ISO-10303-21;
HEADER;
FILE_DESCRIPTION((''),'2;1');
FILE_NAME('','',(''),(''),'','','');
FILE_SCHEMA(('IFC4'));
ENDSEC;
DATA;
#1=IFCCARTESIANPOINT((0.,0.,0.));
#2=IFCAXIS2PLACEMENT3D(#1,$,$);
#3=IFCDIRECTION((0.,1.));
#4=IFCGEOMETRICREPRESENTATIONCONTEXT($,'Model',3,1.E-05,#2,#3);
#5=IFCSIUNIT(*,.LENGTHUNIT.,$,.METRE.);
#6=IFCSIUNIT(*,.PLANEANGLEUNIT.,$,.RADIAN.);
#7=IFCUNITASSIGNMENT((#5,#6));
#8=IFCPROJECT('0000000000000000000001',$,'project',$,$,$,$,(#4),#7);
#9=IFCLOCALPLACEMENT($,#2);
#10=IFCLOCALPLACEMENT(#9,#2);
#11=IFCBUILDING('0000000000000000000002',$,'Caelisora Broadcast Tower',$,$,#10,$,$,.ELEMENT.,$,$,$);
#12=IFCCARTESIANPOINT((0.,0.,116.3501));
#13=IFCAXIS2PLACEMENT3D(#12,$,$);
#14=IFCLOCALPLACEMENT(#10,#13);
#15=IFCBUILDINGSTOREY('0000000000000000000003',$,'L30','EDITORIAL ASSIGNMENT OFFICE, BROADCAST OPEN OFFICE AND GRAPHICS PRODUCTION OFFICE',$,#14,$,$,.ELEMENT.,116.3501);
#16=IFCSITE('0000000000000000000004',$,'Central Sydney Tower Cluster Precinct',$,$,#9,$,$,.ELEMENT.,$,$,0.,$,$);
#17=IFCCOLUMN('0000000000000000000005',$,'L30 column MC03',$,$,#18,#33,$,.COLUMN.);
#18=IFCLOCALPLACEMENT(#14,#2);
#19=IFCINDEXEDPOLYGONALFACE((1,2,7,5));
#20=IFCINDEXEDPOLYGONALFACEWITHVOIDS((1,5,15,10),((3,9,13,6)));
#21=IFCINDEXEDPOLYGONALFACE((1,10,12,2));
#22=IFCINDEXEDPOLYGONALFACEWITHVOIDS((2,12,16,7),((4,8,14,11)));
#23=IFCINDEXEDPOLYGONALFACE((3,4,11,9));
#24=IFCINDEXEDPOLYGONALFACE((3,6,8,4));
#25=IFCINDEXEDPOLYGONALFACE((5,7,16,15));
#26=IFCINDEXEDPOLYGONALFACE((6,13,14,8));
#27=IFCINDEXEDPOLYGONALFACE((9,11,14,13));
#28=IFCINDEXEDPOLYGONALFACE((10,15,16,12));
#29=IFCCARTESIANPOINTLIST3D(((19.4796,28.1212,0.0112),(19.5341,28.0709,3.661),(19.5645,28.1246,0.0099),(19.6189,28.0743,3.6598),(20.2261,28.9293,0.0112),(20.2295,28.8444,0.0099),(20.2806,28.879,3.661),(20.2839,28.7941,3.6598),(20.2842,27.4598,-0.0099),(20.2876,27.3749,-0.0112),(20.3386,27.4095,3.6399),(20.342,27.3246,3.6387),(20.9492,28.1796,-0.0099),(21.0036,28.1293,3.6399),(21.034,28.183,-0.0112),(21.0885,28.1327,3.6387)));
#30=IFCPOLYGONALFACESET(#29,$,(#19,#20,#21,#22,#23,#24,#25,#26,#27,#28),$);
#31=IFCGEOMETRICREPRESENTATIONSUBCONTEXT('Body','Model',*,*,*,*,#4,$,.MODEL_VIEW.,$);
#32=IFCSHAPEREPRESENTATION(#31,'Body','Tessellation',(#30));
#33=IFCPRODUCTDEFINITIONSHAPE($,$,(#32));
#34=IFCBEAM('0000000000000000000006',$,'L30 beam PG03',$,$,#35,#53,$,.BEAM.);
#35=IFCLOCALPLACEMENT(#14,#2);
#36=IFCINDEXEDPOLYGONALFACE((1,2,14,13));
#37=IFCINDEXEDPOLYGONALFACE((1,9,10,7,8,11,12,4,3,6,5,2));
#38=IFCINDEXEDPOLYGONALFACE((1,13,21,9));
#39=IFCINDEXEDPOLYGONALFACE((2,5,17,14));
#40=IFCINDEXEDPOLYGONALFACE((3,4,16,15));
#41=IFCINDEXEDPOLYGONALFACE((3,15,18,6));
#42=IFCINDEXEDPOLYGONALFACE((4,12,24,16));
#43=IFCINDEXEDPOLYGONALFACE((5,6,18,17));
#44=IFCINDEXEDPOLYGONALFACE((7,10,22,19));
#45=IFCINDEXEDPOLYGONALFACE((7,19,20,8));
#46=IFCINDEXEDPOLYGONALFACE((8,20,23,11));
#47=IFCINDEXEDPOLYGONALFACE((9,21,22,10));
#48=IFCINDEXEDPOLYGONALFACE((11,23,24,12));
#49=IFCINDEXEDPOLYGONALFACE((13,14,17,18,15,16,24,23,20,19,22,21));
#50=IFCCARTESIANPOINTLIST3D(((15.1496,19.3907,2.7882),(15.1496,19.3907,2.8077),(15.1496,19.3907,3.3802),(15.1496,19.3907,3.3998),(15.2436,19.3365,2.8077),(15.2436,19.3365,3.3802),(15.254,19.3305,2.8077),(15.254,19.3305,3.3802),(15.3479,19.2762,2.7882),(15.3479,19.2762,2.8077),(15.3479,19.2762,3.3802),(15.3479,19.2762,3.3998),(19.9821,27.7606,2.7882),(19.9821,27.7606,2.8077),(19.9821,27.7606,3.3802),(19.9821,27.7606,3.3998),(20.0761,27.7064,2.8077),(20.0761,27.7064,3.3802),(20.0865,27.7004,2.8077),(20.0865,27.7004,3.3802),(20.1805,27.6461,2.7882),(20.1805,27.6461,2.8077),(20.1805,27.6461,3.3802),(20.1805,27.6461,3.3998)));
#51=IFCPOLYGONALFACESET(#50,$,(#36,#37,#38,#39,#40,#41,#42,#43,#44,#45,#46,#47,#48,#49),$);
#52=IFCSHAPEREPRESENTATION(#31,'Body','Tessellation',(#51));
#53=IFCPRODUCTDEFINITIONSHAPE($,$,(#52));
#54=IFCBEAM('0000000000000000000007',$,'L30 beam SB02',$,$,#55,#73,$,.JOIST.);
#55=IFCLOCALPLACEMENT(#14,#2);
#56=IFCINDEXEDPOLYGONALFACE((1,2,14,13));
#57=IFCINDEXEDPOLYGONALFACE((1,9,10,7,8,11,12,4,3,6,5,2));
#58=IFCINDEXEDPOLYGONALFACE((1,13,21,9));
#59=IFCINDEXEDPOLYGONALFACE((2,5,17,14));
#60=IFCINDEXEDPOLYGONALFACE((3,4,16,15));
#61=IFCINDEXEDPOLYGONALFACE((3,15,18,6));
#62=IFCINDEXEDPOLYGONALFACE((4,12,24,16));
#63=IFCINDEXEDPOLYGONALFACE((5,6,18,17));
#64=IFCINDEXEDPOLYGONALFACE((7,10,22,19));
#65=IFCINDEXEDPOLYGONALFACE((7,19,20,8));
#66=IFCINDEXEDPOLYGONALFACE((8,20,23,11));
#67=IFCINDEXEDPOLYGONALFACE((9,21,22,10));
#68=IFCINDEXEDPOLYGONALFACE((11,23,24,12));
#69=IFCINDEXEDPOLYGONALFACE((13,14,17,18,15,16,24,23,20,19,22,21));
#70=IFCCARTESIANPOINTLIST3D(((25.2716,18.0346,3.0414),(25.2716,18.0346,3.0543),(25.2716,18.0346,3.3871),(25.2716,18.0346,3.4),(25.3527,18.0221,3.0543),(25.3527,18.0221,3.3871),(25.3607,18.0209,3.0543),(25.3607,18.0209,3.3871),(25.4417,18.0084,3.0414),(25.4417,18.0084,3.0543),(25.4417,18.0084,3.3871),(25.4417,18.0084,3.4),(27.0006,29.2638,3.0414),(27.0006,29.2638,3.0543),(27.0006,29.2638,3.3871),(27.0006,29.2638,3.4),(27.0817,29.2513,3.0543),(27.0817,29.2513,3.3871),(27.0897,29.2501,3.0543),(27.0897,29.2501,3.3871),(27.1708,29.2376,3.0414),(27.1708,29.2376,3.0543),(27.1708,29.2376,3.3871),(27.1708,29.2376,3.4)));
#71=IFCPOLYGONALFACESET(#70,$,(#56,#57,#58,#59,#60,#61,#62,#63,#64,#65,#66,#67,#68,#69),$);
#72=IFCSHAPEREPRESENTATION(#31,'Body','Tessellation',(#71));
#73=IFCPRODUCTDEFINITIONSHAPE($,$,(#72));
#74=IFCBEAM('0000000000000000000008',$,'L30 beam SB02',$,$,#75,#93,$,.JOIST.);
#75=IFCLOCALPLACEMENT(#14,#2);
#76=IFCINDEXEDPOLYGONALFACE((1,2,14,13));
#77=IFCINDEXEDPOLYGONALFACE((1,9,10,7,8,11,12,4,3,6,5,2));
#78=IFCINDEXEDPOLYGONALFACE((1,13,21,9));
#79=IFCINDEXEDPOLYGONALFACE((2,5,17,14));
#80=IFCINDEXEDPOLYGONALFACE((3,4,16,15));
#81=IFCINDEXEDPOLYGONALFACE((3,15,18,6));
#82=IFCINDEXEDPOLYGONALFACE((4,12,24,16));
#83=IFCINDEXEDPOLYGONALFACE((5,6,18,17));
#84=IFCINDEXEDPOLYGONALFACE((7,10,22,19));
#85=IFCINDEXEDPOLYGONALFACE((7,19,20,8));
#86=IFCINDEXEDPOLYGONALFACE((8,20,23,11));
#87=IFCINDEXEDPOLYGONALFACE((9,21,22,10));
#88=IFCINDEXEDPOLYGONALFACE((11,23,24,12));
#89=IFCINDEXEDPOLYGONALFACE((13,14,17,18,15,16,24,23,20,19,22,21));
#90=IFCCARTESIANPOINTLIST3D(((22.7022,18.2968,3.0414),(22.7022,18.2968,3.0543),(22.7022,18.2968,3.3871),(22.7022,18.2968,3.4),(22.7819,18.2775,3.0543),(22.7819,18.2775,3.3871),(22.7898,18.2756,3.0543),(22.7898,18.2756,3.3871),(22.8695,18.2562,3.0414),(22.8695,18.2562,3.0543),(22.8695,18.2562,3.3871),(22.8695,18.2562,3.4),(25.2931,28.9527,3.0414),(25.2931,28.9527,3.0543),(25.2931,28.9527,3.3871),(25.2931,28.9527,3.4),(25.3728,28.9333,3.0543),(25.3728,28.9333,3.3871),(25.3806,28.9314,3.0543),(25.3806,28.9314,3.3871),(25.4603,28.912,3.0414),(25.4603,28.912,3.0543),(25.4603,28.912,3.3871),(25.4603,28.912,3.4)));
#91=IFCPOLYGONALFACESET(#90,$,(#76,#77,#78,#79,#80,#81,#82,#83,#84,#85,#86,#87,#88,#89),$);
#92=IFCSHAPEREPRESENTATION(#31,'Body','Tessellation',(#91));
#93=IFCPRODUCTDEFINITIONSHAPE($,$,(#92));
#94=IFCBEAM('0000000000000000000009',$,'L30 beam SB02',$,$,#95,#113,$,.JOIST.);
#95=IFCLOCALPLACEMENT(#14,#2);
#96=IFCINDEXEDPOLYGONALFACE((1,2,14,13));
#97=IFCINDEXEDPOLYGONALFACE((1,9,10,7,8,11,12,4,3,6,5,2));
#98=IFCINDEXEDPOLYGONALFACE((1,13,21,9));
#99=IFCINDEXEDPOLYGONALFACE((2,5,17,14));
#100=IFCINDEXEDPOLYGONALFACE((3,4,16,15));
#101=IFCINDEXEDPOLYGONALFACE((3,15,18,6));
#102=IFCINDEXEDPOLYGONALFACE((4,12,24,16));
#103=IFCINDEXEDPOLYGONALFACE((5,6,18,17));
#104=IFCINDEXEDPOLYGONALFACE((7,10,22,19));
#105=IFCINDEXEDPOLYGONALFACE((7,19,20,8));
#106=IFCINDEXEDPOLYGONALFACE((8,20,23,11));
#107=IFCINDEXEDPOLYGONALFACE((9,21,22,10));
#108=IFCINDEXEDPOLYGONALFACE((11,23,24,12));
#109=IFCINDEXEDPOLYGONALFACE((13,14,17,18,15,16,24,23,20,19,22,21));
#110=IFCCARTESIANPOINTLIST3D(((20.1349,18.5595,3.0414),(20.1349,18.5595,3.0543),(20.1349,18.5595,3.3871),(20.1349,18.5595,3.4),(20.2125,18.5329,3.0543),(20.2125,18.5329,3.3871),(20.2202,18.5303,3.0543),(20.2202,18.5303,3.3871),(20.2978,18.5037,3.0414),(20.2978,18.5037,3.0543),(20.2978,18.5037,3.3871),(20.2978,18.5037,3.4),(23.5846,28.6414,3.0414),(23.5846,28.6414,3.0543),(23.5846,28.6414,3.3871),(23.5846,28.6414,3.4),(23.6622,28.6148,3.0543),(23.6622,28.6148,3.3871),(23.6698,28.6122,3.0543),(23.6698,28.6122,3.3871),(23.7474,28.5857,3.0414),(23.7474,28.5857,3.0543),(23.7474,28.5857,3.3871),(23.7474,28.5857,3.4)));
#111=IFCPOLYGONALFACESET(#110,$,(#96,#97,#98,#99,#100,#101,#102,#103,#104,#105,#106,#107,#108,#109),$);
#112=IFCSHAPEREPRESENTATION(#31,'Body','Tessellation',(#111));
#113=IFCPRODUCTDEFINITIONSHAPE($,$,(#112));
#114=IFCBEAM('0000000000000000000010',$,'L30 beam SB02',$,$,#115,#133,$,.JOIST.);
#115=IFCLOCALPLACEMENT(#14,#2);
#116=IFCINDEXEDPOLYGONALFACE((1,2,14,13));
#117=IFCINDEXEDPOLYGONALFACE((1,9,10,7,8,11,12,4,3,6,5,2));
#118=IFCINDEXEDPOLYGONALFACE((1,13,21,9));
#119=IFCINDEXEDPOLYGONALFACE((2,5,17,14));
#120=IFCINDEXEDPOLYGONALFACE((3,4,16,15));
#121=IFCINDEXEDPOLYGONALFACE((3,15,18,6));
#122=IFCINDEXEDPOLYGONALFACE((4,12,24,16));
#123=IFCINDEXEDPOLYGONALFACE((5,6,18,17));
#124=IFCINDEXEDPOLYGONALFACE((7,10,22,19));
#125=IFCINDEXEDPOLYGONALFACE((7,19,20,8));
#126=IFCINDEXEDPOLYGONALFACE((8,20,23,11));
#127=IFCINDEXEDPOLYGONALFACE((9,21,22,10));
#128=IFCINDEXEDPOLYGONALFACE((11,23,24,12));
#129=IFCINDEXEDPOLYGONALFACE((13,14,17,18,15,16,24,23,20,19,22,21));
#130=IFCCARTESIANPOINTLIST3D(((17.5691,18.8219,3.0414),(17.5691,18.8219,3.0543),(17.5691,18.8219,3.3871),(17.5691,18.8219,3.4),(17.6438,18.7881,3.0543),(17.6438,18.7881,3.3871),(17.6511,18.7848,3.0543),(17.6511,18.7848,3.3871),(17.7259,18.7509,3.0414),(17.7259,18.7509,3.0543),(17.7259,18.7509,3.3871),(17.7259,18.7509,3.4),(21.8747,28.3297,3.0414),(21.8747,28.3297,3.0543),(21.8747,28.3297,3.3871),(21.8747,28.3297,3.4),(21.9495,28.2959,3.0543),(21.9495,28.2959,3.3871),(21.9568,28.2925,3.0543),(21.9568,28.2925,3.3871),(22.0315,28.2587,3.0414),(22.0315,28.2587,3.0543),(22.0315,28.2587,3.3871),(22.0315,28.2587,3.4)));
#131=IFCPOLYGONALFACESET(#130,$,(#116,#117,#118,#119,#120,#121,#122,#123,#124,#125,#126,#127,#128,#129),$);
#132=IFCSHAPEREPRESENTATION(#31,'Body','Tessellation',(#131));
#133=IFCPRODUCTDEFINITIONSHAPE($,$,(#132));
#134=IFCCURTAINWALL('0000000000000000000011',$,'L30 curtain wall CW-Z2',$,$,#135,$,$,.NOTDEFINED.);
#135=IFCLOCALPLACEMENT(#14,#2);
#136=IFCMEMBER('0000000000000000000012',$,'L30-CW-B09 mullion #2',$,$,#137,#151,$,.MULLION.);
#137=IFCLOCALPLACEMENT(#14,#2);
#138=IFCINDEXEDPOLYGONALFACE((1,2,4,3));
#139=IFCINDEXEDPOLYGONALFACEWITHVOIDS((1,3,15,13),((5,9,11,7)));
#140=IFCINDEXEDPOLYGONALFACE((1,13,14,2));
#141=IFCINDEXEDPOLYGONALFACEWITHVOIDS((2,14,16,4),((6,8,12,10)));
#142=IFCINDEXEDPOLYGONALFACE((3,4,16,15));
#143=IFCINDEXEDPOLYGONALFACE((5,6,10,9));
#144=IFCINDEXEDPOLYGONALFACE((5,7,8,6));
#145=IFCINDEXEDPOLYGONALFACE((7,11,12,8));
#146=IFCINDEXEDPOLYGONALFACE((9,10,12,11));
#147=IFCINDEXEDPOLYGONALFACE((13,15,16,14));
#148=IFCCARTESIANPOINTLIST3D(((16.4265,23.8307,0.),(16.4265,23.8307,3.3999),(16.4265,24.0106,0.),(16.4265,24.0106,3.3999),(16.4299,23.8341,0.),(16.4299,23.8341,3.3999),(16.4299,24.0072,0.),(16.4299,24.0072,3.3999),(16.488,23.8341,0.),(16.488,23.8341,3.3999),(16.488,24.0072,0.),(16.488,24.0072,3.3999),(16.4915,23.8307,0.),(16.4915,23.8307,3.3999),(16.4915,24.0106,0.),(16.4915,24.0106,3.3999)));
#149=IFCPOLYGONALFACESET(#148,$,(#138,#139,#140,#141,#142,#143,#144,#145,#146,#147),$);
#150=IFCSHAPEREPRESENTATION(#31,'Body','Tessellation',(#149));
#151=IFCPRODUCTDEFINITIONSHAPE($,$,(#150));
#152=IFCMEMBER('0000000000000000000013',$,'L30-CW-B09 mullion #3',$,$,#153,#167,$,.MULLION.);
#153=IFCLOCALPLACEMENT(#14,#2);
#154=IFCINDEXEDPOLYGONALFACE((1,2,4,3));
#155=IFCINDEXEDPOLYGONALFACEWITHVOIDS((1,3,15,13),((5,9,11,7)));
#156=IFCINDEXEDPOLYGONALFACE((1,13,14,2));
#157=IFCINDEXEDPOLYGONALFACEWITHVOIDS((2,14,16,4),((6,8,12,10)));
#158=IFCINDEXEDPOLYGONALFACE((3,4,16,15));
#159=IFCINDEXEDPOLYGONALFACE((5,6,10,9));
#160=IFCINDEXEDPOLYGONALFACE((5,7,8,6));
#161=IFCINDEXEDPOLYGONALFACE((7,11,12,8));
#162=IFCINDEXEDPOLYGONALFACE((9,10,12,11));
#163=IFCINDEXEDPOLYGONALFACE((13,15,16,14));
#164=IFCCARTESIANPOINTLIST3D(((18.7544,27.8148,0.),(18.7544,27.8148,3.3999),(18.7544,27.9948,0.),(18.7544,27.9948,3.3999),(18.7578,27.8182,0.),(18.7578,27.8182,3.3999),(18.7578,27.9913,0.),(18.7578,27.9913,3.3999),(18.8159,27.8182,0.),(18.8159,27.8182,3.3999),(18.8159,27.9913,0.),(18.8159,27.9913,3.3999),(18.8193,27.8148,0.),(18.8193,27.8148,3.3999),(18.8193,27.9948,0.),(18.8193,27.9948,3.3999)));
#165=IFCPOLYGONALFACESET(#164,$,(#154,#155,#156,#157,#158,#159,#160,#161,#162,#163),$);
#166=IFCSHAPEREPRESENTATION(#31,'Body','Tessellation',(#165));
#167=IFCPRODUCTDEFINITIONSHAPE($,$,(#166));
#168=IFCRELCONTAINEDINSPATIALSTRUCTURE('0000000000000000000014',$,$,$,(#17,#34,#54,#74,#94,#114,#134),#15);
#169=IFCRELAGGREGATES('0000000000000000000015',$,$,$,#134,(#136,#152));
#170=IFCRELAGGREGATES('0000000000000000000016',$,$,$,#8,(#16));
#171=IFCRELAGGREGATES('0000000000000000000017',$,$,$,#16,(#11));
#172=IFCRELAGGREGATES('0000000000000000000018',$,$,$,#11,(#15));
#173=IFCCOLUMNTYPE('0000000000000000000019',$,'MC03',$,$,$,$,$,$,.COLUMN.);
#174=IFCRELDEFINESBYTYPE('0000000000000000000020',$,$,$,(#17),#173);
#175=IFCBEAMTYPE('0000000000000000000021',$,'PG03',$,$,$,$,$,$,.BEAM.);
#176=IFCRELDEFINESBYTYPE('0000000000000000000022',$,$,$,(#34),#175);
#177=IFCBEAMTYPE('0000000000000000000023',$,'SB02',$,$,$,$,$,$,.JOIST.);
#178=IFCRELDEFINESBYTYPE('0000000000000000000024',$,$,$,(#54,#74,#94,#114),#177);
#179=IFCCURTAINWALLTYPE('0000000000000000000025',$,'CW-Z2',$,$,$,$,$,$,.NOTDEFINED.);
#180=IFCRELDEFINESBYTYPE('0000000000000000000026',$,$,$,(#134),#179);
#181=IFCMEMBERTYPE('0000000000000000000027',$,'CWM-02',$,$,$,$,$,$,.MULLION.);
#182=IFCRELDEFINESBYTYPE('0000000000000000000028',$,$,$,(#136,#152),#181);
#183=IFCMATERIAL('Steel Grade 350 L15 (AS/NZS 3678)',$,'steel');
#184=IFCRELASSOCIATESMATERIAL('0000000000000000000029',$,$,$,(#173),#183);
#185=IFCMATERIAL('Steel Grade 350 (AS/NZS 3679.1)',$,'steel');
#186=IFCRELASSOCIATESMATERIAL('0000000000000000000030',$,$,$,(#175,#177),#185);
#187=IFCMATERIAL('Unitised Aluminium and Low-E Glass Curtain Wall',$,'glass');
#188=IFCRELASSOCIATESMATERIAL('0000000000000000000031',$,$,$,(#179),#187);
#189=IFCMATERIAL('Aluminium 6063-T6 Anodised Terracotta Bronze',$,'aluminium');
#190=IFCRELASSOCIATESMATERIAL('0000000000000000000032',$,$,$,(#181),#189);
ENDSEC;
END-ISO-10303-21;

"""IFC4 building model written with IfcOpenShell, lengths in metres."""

from ifc_helpers import new_model, si_unit, direction, frame, origin, origin_2d, place, context, subcontext, project, spatial, hollow_rectangle, i_section, extrude, source, transform, mapped, material, material_profile, profile_set, type_object, type_shapes, element, aggregate, save


model = new_model("IFC4")

# Units and contexts
model_context = context("Model", 3, precision=1e-05, world=origin(), true_north=direction((0.0, 1.0)))
body_context = subcontext(model_context, "Body", "Model", "MODEL_VIEW")
ifc_project = project(units=[si_unit("LENGTHUNIT", "METRE"), si_unit("PLANEANGLEUNIT", "RADIAN")], contexts=[model_context])

# Site, building, storey
site_placement = place(None, origin())
site = spatial("IfcSite", under=ifc_project, at=site_placement, Name="Central Sydney Tower Cluster Precinct", CompositionType="ELEMENT", RefElevation=0.0)
building_placement = place(site_placement, origin())
building = spatial("IfcBuilding", under=site, at=building_placement, Name="Caelisora Broadcast Tower", CompositionType="ELEMENT")
storey_placement = place(building_placement, frame((0.0, 0.0, 116.3501)))
storey = spatial("IfcBuildingStorey", under=building, at=storey_placement, Name="L30", Description="EDITORIAL ASSIGNMENT OFFICE, BROADCAST OPEN OFFICE AND GRAPHICS PRODUCTION OFFICE", CompositionType="ELEMENT", Elevation=116.3501)

# Column
ifc_material_1 = material(Name="Steel Grade 350 L15 (AS/NZS 3678)", Category="steel")
ifc_material_profile_1 = material_profile(ifc_material_1, hollow_rectangle(XDim=1.1001, YDim=1.1001, WallThickness=0.0601, at=origin_2d()), Name="Steel Grade 350 L15 (AS/NZS 3678)")
ifc_profile_set_1 = profile_set([ifc_material_profile_1], Name="Steel Grade 350 L15 (AS/NZS 3678)")
column_type = type_object("IfcColumnType", Name="MC03", PredefinedType="COLUMN", material=ifc_profile_set_1)
shared_shape_1 = source(origin(), body_context, "Body", "SweptSolid", [
    extrude(hollow_rectangle(XDim=1.1001, YDim=1.1001, WallThickness=0.0601, at=origin_2d()), origin(), (0.0, 0.0, 1.0), 3.6506),
])
type_shapes(column_type, [shared_shape_1])
column_placement = place(storey_placement, frame((20.2568, 28.1521, 0.0), z_axis=(0.014913, -0.013776, 0.999794), x_axis=(0.678554, 0.734551, 0.0)))
element("IfcColumn", 1, at=column_placement, inside=storey, type_object=column_type, Name="L30 column MC03", PredefinedType="COLUMN", context=body_context, shape_type="MappedRepresentation", body=[
    mapped(shared_shape_1, transform((0.0, 0.0, 0.0), scale=1.0)),
])

# Beams
ifc_material_2 = material(Name="Steel Grade 350 (AS/NZS 3679.1)", Category="steel")
ifc_material_profile_2 = material_profile(ifc_material_2, i_section(OverallWidth=0.229, OverallDepth=0.6116, WebThickness=0.012, FlangeThickness=0.0195, at=origin_2d()), Name="Steel Grade 350 (AS/NZS 3679.1)")
ifc_profile_set_2 = profile_set([ifc_material_profile_2], Name="Steel Grade 350 (AS/NZS 3679.1)")
beam_type_1 = type_object("IfcBeamType", Name="PG03", PredefinedType="BEAM", material=ifc_profile_set_2)
shared_shape_2 = source(origin(), body_context, "Body", "SweptSolid", [
    extrude(i_section(OverallWidth=0.229, OverallDepth=0.6116, WebThickness=0.012, FlangeThickness=0.0195, at=origin_2d()), origin(), (0.0, 0.0, 1.0), 9.6648),
])
type_shapes(beam_type_1, [shared_shape_2])
beam_1_placement = place(storey_placement, frame((20.0813, 27.7034, 3.094), z_axis=(-0.500013, -0.866018, 0.0), x_axis=(0.866018, -0.500013, 0.0)))
element("IfcBeam", 2, at=beam_1_placement, inside=storey, type_object=beam_type_1, Name="L30 beam PG03", PredefinedType="BEAM", context=body_context, shape_type="MappedRepresentation", body=[
    mapped(shared_shape_2, transform((0.0, 0.0, 0.0), scale=1.0)),
])
ifc_material_profile_3 = material_profile(ifc_material_2, i_section(OverallWidth=0.1721, OverallDepth=0.3586, WebThickness=0.0081, FlangeThickness=0.0129, at=origin_2d()), Name="Steel Grade 350 (AS/NZS 3679.1)")
ifc_profile_set_3 = profile_set([ifc_material_profile_3], Name="Steel Grade 350 (AS/NZS 3679.1)")
beam_type_2 = type_object("IfcBeamType", Name="SB02", PredefinedType="JOIST", material=ifc_profile_set_3)
shared_shape_3 = source(origin(), body_context, "Body", "SweptSolid", [
    extrude(i_section(OverallWidth=0.1721, OverallDepth=0.3586, WebThickness=0.0081, FlangeThickness=0.0129, at=origin_2d()), origin(), (0.0, 0.0, 1.0), 11.3616),
])
beam_2_placement = place(storey_placement, frame((27.0857, 29.2507, 3.2207), z_axis=(-0.15218, -0.988353, 0.0), x_axis=(0.988353, -0.15218, 0.0)))
element("IfcBeam", 3, at=beam_2_placement, inside=storey, type_object=beam_type_2, Name="L30 beam SB02", PredefinedType="JOIST", context=body_context, shape_type="MappedRepresentation", body=[
    mapped(shared_shape_3, transform((0.0, 0.0, 0.0), scale=1.0)),
])
shared_shape_4 = source(origin(), body_context, "Body", "SweptSolid", [
    extrude(i_section(OverallWidth=0.1721, OverallDepth=0.3586, WebThickness=0.0081, FlangeThickness=0.0129, at=origin_2d()), origin(), (0.0, 0.0, 1.0), 10.9663),
])
beam_3_placement = place(storey_placement, frame((25.3767, 28.9324, 3.2207), z_axis=(-0.236255, -0.971691, 0.0), x_axis=(0.971691, -0.236255, 0.0)))
element("IfcBeam", 4, at=beam_3_placement, inside=storey, type_object=beam_type_2, Name="L30 beam SB02", PredefinedType="JOIST", context=body_context, shape_type="MappedRepresentation", body=[
    mapped(shared_shape_4, transform((0.0, 0.0, 0.0), scale=1.0)),
])
shared_shape_5 = source(origin(), body_context, "Body", "SweptSolid", [
    extrude(i_section(OverallWidth=0.1721, OverallDepth=0.3586, WebThickness=0.0081, FlangeThickness=0.0129, at=origin_2d()), origin(), (0.0, 0.0, 1.0), 10.6558),
])
beam_4_placement = place(storey_placement, frame((23.666, 28.6135, 3.2207), z_axis=(-0.323737, -0.946147, 0.0), x_axis=(0.946147, -0.323737, 0.0)))
element("IfcBeam", 5, at=beam_4_placement, inside=storey, type_object=beam_type_2, Name="L30 beam SB02", PredefinedType="JOIST", context=body_context, shape_type="MappedRepresentation", body=[
    mapped(shared_shape_5, transform((0.0, 0.0, 0.0), scale=1.0)),
])
shared_shape_6 = source(origin(), body_context, "Body", "SweptSolid", [
    extrude(i_section(OverallWidth=0.1721, OverallDepth=0.3586, WebThickness=0.0081, FlangeThickness=0.0129, at=origin_2d()), origin(), (0.0, 0.0, 1.0), 10.4373),
])
type_shapes(beam_type_2, [shared_shape_3, shared_shape_4, shared_shape_5, shared_shape_6])
beam_5_placement = place(storey_placement, frame((21.9531, 28.2942, 3.2207), z_axis=(-0.412527, -0.910946, 0.0), x_axis=(0.910946, -0.412527, 0.0)))
element("IfcBeam", 6, at=beam_5_placement, inside=storey, type_object=beam_type_2, Name="L30 beam SB02", PredefinedType="JOIST", context=body_context, shape_type="MappedRepresentation", body=[
    mapped(shared_shape_6, transform((0.0, 0.0, 0.0), scale=1.0)),
])

# Curtain wall, members
ifc_material_3 = material(Name="Unitised Aluminium and Low-E Glass Curtain Wall", Category="glass")
curtain_wall_type_1 = type_object("IfcCurtainWallType", Name="CW-Z2", PredefinedType="NOTDEFINED", material=ifc_material_3)
curtain_wall_1_placement = place(storey_placement, origin())
curtain_wall_1 = element("IfcCurtainWall", 7, at=curtain_wall_1_placement, inside=storey, type_object=curtain_wall_type_1, Name="L30 curtain wall CW-Z2", PredefinedType="NOTDEFINED")
ifc_material_4 = material(Name="Aluminium 6063-T6 Anodised Terracotta Bronze", Category="aluminium")
ifc_material_profile_4 = material_profile(ifc_material_4, hollow_rectangle(XDim=0.0649, YDim=0.1799, WallThickness=0.0034, at=origin_2d()), Name="Aluminium 6063-T6 Anodised Terracotta Bronze")
ifc_profile_set_4 = profile_set([ifc_material_profile_4], Name="Aluminium 6063-T6 Anodised Terracotta Bronze")
member_type_1 = type_object("IfcMemberType", Name="CWM-02", PredefinedType="MULLION", material=ifc_profile_set_4)
shared_shape_7 = source(origin(), body_context, "Body", "SweptSolid", [
    extrude(hollow_rectangle(XDim=0.0649, YDim=0.1799, WallThickness=0.0034, at=origin_2d()), origin(), (0.0, 0.0, 1.0), 3.3999),
])
type_shapes(member_type_1, [shared_shape_7])
member_1_placement = place(storey_placement, frame((16.459, 23.9207, 0.0), z_axis=(0.0, 0.0, 1.0), x_axis=(1.0, 0.0, 0.0)))
member_1 = element("IfcMember", 8, at=member_1_placement, type_object=member_type_1, Name="L30-CW-B09 mullion #2", PredefinedType="MULLION", context=body_context, shape_type="MappedRepresentation", body=[
    mapped(shared_shape_7, transform((0.0, 0.0, 0.0), scale=1.0)),
])
member_2_placement = place(storey_placement, frame((18.7869, 27.9048, 0.0), z_axis=(0.0, 0.0, 1.0), x_axis=(1.0, 0.0, 0.0)))
member_2 = element("IfcMember", 9, at=member_2_placement, type_object=member_type_1, Name="L30-CW-B09 mullion #3", PredefinedType="MULLION", context=body_context, shape_type="MappedRepresentation", body=[
    mapped(shared_shape_7, transform((0.0, 0.0, 0.0), scale=1.0)),
])

aggregate(curtain_wall_1, [member_1, member_2])

save(model, "model.ifc")
